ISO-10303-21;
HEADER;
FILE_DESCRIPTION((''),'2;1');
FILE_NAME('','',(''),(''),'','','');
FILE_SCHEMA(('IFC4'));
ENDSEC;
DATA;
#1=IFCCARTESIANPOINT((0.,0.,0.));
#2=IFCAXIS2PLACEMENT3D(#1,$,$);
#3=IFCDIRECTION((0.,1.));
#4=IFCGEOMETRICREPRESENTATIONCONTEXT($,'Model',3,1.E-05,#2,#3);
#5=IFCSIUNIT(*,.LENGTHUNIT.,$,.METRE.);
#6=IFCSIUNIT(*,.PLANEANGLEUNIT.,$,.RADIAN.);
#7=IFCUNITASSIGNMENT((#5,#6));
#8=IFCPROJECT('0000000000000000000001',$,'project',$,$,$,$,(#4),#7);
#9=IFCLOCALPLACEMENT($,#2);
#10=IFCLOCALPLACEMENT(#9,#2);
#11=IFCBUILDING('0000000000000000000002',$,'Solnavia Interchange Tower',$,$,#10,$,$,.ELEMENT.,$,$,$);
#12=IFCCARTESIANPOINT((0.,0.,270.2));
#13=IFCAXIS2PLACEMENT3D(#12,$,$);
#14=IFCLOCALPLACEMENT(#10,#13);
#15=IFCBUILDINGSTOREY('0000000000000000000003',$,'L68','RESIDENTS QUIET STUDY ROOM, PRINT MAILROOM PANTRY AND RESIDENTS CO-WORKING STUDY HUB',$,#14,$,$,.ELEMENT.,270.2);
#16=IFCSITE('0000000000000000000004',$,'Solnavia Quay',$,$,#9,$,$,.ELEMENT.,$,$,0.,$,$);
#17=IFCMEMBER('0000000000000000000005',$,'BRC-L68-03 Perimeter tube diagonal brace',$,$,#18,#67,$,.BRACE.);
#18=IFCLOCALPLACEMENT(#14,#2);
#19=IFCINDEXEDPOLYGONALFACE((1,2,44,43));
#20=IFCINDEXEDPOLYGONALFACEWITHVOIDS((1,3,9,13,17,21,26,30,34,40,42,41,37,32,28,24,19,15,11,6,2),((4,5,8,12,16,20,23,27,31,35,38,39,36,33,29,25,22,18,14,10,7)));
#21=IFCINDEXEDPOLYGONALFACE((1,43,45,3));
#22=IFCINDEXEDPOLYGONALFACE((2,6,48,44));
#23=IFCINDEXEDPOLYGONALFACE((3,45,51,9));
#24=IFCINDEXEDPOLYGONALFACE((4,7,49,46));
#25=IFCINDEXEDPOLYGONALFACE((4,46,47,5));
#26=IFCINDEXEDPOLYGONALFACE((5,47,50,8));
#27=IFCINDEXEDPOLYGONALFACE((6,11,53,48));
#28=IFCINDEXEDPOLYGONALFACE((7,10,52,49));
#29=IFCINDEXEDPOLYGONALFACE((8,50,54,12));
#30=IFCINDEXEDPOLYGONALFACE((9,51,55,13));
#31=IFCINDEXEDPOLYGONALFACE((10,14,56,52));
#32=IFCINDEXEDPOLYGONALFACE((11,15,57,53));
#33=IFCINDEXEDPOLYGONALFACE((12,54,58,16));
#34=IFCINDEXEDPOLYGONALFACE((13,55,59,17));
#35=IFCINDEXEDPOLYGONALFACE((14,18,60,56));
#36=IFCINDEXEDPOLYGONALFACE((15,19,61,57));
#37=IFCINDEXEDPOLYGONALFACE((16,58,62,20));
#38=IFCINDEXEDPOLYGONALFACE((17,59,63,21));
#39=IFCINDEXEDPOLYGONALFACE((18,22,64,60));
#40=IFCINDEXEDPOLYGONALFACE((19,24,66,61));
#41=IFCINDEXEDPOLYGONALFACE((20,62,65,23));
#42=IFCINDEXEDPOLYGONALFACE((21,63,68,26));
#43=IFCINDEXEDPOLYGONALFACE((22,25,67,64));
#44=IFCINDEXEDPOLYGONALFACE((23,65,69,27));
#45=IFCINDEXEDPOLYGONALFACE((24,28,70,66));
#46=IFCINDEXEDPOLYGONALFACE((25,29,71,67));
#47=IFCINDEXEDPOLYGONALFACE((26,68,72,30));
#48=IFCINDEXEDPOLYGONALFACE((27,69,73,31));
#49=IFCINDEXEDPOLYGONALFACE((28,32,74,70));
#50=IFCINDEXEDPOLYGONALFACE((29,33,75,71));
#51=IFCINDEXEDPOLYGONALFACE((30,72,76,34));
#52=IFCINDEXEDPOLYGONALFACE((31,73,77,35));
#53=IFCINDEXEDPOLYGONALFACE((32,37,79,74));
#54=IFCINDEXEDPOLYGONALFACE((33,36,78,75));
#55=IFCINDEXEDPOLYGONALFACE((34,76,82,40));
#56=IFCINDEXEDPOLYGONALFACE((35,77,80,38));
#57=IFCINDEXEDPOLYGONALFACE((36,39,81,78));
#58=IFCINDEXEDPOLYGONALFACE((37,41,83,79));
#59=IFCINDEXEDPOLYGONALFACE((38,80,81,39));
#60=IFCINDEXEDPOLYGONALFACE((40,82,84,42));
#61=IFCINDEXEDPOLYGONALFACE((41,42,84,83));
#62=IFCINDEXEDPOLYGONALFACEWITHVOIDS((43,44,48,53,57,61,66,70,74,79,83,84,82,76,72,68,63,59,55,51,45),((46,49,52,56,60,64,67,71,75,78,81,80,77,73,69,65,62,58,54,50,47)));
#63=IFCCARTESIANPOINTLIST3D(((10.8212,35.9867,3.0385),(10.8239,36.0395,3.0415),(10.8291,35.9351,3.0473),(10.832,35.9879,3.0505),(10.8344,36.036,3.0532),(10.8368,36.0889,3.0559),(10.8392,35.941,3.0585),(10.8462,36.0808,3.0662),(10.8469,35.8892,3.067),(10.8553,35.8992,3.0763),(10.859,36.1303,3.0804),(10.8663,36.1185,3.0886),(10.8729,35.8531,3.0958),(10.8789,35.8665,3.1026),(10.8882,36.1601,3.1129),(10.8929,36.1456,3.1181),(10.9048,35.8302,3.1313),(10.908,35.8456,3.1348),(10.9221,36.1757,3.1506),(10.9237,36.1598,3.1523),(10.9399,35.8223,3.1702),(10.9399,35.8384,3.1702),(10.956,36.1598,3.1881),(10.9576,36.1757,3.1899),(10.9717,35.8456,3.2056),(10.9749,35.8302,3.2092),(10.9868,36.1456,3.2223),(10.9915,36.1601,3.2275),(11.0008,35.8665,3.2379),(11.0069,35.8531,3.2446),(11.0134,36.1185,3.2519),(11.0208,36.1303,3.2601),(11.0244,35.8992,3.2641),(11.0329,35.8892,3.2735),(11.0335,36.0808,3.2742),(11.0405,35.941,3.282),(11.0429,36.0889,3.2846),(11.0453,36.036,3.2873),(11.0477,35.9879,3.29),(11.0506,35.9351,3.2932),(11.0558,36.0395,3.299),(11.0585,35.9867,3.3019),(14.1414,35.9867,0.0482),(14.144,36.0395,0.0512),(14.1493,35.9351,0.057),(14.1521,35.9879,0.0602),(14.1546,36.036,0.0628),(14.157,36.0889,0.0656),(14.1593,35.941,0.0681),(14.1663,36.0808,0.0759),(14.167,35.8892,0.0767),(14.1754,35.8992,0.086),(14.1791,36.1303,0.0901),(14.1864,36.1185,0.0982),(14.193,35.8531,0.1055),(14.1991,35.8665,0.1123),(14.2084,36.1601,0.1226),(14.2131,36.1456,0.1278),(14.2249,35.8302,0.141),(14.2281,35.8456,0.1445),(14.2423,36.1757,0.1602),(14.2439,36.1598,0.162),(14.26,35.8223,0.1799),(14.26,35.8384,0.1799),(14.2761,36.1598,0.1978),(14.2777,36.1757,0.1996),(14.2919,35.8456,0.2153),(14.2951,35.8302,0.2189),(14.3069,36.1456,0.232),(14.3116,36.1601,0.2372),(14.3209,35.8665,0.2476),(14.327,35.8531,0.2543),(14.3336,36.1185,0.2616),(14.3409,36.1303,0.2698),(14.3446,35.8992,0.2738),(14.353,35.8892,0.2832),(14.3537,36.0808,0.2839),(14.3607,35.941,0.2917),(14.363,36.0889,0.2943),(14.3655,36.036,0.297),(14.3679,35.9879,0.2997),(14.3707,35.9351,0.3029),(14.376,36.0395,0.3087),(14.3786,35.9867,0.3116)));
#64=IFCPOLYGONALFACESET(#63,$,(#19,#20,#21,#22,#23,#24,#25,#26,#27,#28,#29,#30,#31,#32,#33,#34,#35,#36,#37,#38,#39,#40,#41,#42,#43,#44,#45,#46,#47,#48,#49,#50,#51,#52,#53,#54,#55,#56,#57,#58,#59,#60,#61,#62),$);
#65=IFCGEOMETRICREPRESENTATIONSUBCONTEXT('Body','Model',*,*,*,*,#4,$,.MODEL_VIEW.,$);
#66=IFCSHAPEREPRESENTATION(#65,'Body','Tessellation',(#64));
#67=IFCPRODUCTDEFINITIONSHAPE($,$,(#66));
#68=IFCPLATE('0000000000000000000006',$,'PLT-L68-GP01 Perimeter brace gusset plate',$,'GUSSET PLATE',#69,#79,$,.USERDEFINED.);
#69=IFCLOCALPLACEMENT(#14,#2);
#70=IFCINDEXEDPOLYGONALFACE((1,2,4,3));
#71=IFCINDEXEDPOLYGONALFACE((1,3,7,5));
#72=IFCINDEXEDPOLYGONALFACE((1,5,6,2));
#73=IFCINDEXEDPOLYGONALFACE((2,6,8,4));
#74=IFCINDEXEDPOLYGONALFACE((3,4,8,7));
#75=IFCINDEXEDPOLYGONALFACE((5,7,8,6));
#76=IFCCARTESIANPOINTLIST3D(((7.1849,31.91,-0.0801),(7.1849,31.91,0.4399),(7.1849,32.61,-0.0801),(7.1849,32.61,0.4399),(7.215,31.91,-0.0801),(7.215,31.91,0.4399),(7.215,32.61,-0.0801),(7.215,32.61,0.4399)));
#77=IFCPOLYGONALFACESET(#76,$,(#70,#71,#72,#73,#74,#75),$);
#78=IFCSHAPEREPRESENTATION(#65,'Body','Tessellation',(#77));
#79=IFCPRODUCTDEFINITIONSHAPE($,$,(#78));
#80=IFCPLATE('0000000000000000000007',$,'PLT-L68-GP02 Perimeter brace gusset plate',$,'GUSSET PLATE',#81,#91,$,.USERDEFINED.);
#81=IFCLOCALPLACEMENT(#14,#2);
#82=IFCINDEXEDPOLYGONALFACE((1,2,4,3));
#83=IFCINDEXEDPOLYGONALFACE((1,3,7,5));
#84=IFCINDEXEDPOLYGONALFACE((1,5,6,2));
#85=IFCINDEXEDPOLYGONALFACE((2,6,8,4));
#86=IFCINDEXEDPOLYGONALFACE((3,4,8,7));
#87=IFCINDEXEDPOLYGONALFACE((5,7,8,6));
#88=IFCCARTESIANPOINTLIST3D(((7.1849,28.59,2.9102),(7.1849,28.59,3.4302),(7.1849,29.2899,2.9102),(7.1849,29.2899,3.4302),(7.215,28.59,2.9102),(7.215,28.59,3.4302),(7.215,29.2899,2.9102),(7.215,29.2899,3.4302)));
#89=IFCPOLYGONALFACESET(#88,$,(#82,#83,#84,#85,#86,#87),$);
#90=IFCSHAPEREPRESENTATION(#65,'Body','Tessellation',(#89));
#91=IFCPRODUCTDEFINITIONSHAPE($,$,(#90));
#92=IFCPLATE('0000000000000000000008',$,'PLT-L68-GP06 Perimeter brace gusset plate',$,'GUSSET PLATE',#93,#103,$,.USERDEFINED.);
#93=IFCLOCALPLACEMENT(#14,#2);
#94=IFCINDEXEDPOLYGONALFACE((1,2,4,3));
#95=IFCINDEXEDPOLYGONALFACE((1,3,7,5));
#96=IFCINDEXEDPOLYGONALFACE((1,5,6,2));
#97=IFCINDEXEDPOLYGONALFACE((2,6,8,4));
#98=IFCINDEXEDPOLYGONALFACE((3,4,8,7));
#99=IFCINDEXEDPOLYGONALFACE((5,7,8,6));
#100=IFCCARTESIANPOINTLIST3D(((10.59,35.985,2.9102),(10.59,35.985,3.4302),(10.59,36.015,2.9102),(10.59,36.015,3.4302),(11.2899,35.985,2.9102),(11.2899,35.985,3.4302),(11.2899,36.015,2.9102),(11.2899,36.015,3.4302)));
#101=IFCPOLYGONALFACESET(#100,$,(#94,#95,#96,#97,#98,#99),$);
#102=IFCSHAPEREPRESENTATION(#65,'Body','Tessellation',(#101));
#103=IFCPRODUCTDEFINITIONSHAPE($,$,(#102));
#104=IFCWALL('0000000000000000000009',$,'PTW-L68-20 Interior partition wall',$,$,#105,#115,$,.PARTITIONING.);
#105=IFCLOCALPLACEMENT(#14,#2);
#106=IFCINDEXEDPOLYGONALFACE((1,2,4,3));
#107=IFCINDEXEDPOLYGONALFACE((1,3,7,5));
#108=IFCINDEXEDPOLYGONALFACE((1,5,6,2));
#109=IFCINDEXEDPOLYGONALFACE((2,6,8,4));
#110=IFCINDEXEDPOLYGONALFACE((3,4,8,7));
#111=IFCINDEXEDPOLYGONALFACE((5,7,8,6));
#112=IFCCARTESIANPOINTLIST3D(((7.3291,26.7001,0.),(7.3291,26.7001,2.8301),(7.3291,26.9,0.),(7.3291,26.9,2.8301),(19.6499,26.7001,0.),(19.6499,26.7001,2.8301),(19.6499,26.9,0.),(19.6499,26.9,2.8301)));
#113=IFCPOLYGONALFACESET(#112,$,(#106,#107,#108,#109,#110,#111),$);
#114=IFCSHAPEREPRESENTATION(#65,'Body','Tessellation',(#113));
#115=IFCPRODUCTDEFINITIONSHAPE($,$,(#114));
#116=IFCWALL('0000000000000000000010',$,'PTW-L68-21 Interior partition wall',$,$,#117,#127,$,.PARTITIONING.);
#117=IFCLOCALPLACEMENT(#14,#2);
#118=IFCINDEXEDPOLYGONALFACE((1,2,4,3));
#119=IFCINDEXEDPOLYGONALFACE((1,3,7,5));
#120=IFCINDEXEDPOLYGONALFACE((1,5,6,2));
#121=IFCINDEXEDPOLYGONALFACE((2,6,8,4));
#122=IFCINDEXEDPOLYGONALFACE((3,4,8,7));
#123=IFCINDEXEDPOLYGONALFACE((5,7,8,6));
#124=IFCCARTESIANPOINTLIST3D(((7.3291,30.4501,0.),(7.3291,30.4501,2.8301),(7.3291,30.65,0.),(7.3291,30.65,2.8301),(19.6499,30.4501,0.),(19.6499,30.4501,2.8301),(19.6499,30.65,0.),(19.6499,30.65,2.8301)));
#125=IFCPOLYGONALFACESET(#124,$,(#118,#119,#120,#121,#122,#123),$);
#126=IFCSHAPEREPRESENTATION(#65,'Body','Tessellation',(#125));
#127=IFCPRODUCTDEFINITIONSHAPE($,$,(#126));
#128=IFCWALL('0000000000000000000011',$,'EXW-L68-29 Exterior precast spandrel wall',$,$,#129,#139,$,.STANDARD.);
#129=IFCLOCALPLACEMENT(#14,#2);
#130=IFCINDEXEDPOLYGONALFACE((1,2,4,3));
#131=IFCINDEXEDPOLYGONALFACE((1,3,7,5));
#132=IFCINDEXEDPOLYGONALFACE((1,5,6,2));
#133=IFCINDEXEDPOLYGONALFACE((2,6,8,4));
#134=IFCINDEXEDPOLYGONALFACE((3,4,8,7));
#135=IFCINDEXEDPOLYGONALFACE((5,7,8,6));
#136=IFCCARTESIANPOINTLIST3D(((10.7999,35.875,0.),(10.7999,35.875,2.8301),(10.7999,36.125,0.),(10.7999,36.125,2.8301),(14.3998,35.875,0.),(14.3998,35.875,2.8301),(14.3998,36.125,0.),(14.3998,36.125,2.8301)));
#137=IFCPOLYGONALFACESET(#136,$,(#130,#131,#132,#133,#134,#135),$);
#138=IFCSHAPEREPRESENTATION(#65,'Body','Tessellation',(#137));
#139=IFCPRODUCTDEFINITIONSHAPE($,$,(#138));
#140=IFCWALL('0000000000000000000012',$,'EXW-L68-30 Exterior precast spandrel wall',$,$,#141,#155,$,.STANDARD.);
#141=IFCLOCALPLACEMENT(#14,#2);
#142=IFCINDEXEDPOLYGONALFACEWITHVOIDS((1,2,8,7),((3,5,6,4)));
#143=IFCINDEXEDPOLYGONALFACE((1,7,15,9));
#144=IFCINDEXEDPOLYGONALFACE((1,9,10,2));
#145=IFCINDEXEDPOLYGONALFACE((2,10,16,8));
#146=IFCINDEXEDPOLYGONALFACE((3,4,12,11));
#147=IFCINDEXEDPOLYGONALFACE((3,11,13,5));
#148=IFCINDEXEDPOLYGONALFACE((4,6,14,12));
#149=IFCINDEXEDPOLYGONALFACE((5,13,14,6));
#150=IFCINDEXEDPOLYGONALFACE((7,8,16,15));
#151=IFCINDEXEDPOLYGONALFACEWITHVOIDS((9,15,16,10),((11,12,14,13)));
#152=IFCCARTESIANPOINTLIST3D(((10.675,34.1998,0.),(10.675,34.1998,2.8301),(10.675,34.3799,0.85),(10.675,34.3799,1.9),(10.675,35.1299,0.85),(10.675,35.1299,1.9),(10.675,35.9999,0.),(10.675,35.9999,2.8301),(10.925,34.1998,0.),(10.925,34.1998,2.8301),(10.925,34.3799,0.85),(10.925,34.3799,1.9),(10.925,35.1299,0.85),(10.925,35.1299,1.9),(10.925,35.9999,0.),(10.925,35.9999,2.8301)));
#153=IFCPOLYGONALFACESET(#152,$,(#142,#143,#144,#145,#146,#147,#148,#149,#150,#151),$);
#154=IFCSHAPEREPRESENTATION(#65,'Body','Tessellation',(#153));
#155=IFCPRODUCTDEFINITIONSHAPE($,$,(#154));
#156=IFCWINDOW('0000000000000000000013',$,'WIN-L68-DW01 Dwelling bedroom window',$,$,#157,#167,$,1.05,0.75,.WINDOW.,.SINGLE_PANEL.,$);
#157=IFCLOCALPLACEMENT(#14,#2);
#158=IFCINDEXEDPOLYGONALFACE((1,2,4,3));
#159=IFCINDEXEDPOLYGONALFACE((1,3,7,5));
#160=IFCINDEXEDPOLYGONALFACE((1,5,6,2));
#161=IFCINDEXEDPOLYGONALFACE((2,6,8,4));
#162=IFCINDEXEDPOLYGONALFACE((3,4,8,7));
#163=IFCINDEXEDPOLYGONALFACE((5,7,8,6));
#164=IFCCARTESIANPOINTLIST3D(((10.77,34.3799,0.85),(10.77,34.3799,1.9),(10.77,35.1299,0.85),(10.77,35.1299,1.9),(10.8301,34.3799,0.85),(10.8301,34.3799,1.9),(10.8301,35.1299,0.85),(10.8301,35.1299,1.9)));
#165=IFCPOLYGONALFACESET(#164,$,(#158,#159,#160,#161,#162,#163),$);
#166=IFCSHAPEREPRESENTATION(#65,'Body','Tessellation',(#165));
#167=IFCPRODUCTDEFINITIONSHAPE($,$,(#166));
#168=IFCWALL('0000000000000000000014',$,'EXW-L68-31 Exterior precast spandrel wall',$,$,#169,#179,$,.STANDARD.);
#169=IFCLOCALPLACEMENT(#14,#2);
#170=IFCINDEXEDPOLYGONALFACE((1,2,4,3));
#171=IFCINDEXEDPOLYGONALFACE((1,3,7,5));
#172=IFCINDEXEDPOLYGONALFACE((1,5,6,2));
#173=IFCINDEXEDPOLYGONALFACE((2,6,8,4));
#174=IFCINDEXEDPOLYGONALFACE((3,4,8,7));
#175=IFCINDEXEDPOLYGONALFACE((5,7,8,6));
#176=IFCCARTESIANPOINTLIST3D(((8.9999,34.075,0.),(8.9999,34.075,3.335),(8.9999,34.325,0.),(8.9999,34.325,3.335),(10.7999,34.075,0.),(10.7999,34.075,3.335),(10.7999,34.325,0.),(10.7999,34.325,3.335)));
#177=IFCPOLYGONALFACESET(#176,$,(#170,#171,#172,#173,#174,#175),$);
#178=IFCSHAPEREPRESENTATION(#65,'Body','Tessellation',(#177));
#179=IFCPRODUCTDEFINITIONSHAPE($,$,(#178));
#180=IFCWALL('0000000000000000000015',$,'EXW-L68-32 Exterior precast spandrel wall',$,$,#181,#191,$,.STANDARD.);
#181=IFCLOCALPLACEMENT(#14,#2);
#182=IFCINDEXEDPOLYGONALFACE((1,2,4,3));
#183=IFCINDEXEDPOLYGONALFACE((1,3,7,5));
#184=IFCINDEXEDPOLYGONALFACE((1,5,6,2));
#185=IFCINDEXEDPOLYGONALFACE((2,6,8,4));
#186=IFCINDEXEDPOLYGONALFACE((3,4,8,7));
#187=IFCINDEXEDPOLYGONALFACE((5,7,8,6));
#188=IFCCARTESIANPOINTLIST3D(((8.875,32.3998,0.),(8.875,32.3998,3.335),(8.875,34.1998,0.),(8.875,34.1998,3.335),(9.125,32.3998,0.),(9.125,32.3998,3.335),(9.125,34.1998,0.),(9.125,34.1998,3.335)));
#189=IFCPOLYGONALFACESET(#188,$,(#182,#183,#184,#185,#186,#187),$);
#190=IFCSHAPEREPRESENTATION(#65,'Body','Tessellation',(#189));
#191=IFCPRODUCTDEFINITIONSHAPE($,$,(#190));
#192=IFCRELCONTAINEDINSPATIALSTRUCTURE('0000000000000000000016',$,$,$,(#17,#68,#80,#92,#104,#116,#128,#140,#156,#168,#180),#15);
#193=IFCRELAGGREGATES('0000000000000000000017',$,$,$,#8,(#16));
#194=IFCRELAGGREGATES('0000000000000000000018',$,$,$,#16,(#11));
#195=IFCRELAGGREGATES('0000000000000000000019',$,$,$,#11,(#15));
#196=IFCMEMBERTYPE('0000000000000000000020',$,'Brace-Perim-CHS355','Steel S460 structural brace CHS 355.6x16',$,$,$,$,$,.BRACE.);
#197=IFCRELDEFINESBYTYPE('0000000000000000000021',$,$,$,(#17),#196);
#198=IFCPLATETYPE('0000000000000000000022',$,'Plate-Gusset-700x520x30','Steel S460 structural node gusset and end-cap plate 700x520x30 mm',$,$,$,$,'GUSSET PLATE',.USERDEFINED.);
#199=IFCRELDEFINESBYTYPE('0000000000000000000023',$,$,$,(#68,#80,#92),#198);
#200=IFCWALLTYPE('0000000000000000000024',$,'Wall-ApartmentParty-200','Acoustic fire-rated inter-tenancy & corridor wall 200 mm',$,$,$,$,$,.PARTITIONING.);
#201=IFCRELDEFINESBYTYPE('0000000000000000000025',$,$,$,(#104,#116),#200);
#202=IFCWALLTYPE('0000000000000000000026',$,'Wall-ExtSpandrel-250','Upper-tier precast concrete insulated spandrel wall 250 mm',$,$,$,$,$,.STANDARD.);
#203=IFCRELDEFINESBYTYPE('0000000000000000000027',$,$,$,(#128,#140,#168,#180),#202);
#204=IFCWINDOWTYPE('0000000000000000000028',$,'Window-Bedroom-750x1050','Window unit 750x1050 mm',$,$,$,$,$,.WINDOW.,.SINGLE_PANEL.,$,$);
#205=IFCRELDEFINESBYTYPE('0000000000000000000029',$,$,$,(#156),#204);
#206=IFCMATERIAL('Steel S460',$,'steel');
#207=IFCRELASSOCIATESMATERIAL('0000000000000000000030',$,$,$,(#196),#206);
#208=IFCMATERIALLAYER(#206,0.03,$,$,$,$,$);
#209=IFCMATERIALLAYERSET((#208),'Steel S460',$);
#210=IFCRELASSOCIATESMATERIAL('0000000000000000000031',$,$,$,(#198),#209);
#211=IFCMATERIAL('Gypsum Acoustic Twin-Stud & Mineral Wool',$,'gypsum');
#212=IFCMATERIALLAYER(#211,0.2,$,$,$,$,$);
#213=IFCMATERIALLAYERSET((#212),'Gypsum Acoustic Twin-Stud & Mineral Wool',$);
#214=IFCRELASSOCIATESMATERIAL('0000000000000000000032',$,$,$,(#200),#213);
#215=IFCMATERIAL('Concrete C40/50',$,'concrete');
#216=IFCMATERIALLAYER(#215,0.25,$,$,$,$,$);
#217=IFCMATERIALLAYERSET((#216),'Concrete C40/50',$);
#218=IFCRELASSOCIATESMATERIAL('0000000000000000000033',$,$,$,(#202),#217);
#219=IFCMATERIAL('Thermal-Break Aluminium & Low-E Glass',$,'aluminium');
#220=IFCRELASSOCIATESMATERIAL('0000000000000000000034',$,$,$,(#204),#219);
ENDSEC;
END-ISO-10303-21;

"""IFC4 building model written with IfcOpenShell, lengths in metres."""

from ifc_helpers import new_model, si_unit, direction, frame, frame_2d, origin, origin_2d, place, context, subcontext, project, spatial, rectangle, hollow_circle, extrude, material, layer, layer_set, material_profile, profile_set, type_object, element, fill, save


model = new_model("IFC4")

# Units and contexts
model_context = context("Model", 3, precision=1e-05, world=origin(), true_north=direction((0.0, 1.0)))
body_context = subcontext(model_context, "Body", "Model", "MODEL_VIEW")
ifc_project = project(units=[si_unit("LENGTHUNIT", "METRE"), si_unit("PLANEANGLEUNIT", "RADIAN")], contexts=[model_context])

# Site, building, storey
site_placement = place(None, origin())
site = spatial("IfcSite", under=ifc_project, at=site_placement, Name="Solnavia Quay", CompositionType="ELEMENT", RefElevation=0.0)
building_placement = place(site_placement, origin())
building = spatial("IfcBuilding", under=site, at=building_placement, Name="Solnavia Interchange Tower", CompositionType="ELEMENT")
storey_placement = place(building_placement, frame((0.0, 0.0, 270.2)))
storey = spatial("IfcBuildingStorey", under=building, at=storey_placement, Name="L68", Description="RESIDENTS QUIET STUDY ROOM, PRINT MAILROOM PANTRY AND RESIDENTS CO-WORKING STUDY HUB", CompositionType="ELEMENT", Elevation=270.2)

# Shared definitions
ifc_material_1 = material(Name="Steel S460", Category="steel")

# Member
ifc_material_profile_1 = material_profile(ifc_material_1, hollow_circle(Radius=0.1777, WallThickness=0.0161, at=origin_2d()), Name="CHS 355.6x16")
ifc_profile_set_1 = profile_set([ifc_material_profile_1], Name="Steel S460")
member_type = type_object("IfcMemberType", Name="Brace-Perim-CHS355", Description="Steel S460 structural brace CHS 355.6x16", PredefinedType="BRACE", material=ifc_profile_set_1)
for number, where, z_axis, x_axis, name in (
    (1, (14.26, 36.0, 0.1799), (-0.743052, 0.0, 0.669233), (0.0, -1.0, 0.0), "BRC-L68-03 Perimeter tube diagonal brace"),
):
    element("IfcMember", number, at=place(storey_placement, frame(where, z_axis=z_axis, x_axis=x_axis)), inside=storey, type_object=member_type, Name=name, PredefinedType="BRACE", context=body_context, shape_type="SweptSolid", body=[
        extrude(hollow_circle(Radius=0.1777, WallThickness=0.0161, at=origin_2d()), origin(), (0.0, 0.0, 1.0), 4.4683),
    ])

# Plates
ifc_layer_1 = layer(ifc_material_1, 0.03)
ifc_layer_set_1 = layer_set([ifc_layer_1], Name="Steel S460")
plate_type = type_object("IfcPlateType", Name="Plate-Gusset-700x520x30", Description="Steel S460 structural node gusset and end-cap plate 700x520x30 mm", ElementType="GUSSET PLATE", PredefinedType="USERDEFINED", material=ifc_layer_set_1)
for number, where, z_axis, x_axis, name in (
    (2, (7.2, 32.26, -0.0801), (0.0, 0.0, 1.0), (0.0, -1.0, 0.0), "PLT-L68-GP01 Perimeter brace gusset plate"),
    (3, (7.2, 28.9399, 2.9102), (0.0, 0.0, 1.0), (0.0, -1.0, 0.0), "PLT-L68-GP02 Perimeter brace gusset plate"),
    (4, (10.9399, 36.0, 2.9102), (0.0, 0.0, 1.0), (-1.0, 0.0, 0.0), "PLT-L68-GP06 Perimeter brace gusset plate"),
):
    element("IfcPlate", number, at=place(storey_placement, frame(where, z_axis=z_axis, x_axis=x_axis)), inside=storey, type_object=plate_type, Name=name, ObjectType="GUSSET PLATE", PredefinedType="USERDEFINED", context=body_context, shape_type="SweptSolid", body=[
        extrude(rectangle(XDim=0.7, YDim=0.03, at=origin_2d()), origin(), (0.0, 0.0, 1.0), 0.52),
    ])

# Walls
ifc_material_2 = material(Name="Gypsum Acoustic Twin-Stud & Mineral Wool", Category="gypsum")
ifc_layer_2 = layer(ifc_material_2, 0.2)
ifc_layer_set_2 = layer_set([ifc_layer_2], Name="Gypsum Acoustic Twin-Stud & Mineral Wool")
wall_type_1 = type_object("IfcWallType", Name="Wall-ApartmentParty-200", Description="Acoustic fire-rated inter-tenancy & corridor wall 200 mm", PredefinedType="PARTITIONING", material=ifc_layer_set_2)
for number, where, z_axis, x_axis, name in (
    (5, (7.3291, 26.8, 0.0), (0.0, 0.0, 1.0), (1.0, 0.0, 0.0), "PTW-L68-20 Interior partition wall"),
    (6, (7.3291, 30.55, 0.0), (0.0, 0.0, 1.0), (1.0, 0.0, 0.0), "PTW-L68-21 Interior partition wall"),
):
    element("IfcWall", number, at=place(storey_placement, frame(where, z_axis=z_axis, x_axis=x_axis)), inside=storey, type_object=wall_type_1, Name=name, PredefinedType="PARTITIONING", context=body_context, shape_type="SweptSolid", body=[
        extrude(rectangle(XDim=12.3208, YDim=0.2, at=frame_2d((6.1604, 0.0))), origin(), (0.0, 0.0, 1.0), 2.8301),
    ])
ifc_material_3 = material(Name="Concrete C40/50", Category="concrete")
ifc_layer_3 = layer(ifc_material_3, 0.25)
ifc_layer_set_3 = layer_set([ifc_layer_3], Name="Concrete C40/50")
wall_type_2 = type_object("IfcWallType", Name="Wall-ExtSpandrel-250", Description="Upper-tier precast concrete insulated spandrel wall 250 mm", PredefinedType="STANDARD", material=ifc_layer_set_3)
wall_1_placement = place(storey_placement, frame((10.8, 36.0, 0.0), z_axis=(0.0, 0.0, 1.0), x_axis=(1.0, 0.0, 0.0)))
element("IfcWall", 7, at=wall_1_placement, inside=storey, type_object=wall_type_2, Name="EXW-L68-29 Exterior precast spandrel wall", PredefinedType="STANDARD", context=body_context, shape_type="SweptSolid", body=[
    extrude(rectangle(XDim=3.5999, YDim=0.25, at=frame_2d((1.7998, 0.0))), origin(), (0.0, 0.0, 1.0), 2.8301),
])

# Wall, opening, window
wall_2_placement = place(storey_placement, frame((10.8, 34.2, 0.0), z_axis=(0.0, 0.0, 1.0), x_axis=(0.0, 1.0, 0.0)))
wall_2 = element("IfcWall", 8, at=wall_2_placement, inside=storey, type_object=wall_type_2, Name="EXW-L68-30 Exterior precast spandrel wall", PredefinedType="STANDARD", context=body_context, shape_type="SweptSolid", body=[
    extrude(rectangle(XDim=1.8, YDim=0.25, at=frame_2d((0.8999, 0.0))), origin(), (0.0, 0.0, 1.0), 2.8301),
])
opening_1_placement = place(wall_2_placement, frame((0.1799, 0.0, 0.8501)))
opening_1 = element("IfcOpeningElement", 9, at=opening_1_placement, cuts=wall_2, PredefinedType="OPENING", context=body_context, shape_type="SweptSolid", body=[
    extrude(rectangle(XDim=0.75, YDim=1.05, at=frame_2d((0.375, 0.5249))), frame((0.0, 0.135, 0.0), z_axis=(0.0, -1.0, 0.0), x_axis=(1.0, 0.0, 0.0)), (0.0, 0.0, 1.0), 0.27),
])
ifc_material_4 = material(Name="Thermal-Break Aluminium & Low-E Glass", Category="aluminium")
window_type_1 = type_object("IfcWindowType", Name="Window-Bedroom-750x1050", Description="Window unit 750x1050 mm", PartitioningType="SINGLE_PANEL", PredefinedType="WINDOW", material=ifc_material_4)
window_1_placement = place(opening_1_placement, origin())
window_1 = element("IfcWindow", 10, at=window_1_placement, inside=storey, type_object=window_type_1, Name="WIN-L68-DW01 Dwelling bedroom window", OverallHeight=1.05, OverallWidth=0.75, PartitioningType="SINGLE_PANEL", PredefinedType="WINDOW", context=body_context, shape_type="SweptSolid", body=[
    extrude(rectangle(XDim=0.75, YDim=1.05, at=frame_2d((0.375, 0.5249))), frame((0.0, 0.03, 0.0), z_axis=(0.0, -1.0, 0.0), x_axis=(1.0, 0.0, 0.0)), (0.0, 0.0, 1.0), 0.0601),
])
fill(opening_1, window_1)

# Walls
for number, where, z_axis, x_axis, name in (
    (11, (9.0, 34.2, 0.0), (0.0, 0.0, 1.0), (1.0, 0.0, 0.0), "EXW-L68-31 Exterior precast spandrel wall"),
    (12, (9.0, 32.3999, 0.0), (0.0, 0.0, 1.0), (0.0, 1.0, 0.0), "EXW-L68-32 Exterior precast spandrel wall"),
):
    element("IfcWall", number, at=place(storey_placement, frame(where, z_axis=z_axis, x_axis=x_axis)), inside=storey, type_object=wall_type_2, Name=name, PredefinedType="STANDARD", context=body_context, shape_type="SweptSolid", body=[
        extrude(rectangle(XDim=1.8, YDim=0.25, at=frame_2d((0.8999, 0.0))), origin(), (0.0, 0.0, 1.0), 3.335),
    ])

save(model, "model.ifc")
